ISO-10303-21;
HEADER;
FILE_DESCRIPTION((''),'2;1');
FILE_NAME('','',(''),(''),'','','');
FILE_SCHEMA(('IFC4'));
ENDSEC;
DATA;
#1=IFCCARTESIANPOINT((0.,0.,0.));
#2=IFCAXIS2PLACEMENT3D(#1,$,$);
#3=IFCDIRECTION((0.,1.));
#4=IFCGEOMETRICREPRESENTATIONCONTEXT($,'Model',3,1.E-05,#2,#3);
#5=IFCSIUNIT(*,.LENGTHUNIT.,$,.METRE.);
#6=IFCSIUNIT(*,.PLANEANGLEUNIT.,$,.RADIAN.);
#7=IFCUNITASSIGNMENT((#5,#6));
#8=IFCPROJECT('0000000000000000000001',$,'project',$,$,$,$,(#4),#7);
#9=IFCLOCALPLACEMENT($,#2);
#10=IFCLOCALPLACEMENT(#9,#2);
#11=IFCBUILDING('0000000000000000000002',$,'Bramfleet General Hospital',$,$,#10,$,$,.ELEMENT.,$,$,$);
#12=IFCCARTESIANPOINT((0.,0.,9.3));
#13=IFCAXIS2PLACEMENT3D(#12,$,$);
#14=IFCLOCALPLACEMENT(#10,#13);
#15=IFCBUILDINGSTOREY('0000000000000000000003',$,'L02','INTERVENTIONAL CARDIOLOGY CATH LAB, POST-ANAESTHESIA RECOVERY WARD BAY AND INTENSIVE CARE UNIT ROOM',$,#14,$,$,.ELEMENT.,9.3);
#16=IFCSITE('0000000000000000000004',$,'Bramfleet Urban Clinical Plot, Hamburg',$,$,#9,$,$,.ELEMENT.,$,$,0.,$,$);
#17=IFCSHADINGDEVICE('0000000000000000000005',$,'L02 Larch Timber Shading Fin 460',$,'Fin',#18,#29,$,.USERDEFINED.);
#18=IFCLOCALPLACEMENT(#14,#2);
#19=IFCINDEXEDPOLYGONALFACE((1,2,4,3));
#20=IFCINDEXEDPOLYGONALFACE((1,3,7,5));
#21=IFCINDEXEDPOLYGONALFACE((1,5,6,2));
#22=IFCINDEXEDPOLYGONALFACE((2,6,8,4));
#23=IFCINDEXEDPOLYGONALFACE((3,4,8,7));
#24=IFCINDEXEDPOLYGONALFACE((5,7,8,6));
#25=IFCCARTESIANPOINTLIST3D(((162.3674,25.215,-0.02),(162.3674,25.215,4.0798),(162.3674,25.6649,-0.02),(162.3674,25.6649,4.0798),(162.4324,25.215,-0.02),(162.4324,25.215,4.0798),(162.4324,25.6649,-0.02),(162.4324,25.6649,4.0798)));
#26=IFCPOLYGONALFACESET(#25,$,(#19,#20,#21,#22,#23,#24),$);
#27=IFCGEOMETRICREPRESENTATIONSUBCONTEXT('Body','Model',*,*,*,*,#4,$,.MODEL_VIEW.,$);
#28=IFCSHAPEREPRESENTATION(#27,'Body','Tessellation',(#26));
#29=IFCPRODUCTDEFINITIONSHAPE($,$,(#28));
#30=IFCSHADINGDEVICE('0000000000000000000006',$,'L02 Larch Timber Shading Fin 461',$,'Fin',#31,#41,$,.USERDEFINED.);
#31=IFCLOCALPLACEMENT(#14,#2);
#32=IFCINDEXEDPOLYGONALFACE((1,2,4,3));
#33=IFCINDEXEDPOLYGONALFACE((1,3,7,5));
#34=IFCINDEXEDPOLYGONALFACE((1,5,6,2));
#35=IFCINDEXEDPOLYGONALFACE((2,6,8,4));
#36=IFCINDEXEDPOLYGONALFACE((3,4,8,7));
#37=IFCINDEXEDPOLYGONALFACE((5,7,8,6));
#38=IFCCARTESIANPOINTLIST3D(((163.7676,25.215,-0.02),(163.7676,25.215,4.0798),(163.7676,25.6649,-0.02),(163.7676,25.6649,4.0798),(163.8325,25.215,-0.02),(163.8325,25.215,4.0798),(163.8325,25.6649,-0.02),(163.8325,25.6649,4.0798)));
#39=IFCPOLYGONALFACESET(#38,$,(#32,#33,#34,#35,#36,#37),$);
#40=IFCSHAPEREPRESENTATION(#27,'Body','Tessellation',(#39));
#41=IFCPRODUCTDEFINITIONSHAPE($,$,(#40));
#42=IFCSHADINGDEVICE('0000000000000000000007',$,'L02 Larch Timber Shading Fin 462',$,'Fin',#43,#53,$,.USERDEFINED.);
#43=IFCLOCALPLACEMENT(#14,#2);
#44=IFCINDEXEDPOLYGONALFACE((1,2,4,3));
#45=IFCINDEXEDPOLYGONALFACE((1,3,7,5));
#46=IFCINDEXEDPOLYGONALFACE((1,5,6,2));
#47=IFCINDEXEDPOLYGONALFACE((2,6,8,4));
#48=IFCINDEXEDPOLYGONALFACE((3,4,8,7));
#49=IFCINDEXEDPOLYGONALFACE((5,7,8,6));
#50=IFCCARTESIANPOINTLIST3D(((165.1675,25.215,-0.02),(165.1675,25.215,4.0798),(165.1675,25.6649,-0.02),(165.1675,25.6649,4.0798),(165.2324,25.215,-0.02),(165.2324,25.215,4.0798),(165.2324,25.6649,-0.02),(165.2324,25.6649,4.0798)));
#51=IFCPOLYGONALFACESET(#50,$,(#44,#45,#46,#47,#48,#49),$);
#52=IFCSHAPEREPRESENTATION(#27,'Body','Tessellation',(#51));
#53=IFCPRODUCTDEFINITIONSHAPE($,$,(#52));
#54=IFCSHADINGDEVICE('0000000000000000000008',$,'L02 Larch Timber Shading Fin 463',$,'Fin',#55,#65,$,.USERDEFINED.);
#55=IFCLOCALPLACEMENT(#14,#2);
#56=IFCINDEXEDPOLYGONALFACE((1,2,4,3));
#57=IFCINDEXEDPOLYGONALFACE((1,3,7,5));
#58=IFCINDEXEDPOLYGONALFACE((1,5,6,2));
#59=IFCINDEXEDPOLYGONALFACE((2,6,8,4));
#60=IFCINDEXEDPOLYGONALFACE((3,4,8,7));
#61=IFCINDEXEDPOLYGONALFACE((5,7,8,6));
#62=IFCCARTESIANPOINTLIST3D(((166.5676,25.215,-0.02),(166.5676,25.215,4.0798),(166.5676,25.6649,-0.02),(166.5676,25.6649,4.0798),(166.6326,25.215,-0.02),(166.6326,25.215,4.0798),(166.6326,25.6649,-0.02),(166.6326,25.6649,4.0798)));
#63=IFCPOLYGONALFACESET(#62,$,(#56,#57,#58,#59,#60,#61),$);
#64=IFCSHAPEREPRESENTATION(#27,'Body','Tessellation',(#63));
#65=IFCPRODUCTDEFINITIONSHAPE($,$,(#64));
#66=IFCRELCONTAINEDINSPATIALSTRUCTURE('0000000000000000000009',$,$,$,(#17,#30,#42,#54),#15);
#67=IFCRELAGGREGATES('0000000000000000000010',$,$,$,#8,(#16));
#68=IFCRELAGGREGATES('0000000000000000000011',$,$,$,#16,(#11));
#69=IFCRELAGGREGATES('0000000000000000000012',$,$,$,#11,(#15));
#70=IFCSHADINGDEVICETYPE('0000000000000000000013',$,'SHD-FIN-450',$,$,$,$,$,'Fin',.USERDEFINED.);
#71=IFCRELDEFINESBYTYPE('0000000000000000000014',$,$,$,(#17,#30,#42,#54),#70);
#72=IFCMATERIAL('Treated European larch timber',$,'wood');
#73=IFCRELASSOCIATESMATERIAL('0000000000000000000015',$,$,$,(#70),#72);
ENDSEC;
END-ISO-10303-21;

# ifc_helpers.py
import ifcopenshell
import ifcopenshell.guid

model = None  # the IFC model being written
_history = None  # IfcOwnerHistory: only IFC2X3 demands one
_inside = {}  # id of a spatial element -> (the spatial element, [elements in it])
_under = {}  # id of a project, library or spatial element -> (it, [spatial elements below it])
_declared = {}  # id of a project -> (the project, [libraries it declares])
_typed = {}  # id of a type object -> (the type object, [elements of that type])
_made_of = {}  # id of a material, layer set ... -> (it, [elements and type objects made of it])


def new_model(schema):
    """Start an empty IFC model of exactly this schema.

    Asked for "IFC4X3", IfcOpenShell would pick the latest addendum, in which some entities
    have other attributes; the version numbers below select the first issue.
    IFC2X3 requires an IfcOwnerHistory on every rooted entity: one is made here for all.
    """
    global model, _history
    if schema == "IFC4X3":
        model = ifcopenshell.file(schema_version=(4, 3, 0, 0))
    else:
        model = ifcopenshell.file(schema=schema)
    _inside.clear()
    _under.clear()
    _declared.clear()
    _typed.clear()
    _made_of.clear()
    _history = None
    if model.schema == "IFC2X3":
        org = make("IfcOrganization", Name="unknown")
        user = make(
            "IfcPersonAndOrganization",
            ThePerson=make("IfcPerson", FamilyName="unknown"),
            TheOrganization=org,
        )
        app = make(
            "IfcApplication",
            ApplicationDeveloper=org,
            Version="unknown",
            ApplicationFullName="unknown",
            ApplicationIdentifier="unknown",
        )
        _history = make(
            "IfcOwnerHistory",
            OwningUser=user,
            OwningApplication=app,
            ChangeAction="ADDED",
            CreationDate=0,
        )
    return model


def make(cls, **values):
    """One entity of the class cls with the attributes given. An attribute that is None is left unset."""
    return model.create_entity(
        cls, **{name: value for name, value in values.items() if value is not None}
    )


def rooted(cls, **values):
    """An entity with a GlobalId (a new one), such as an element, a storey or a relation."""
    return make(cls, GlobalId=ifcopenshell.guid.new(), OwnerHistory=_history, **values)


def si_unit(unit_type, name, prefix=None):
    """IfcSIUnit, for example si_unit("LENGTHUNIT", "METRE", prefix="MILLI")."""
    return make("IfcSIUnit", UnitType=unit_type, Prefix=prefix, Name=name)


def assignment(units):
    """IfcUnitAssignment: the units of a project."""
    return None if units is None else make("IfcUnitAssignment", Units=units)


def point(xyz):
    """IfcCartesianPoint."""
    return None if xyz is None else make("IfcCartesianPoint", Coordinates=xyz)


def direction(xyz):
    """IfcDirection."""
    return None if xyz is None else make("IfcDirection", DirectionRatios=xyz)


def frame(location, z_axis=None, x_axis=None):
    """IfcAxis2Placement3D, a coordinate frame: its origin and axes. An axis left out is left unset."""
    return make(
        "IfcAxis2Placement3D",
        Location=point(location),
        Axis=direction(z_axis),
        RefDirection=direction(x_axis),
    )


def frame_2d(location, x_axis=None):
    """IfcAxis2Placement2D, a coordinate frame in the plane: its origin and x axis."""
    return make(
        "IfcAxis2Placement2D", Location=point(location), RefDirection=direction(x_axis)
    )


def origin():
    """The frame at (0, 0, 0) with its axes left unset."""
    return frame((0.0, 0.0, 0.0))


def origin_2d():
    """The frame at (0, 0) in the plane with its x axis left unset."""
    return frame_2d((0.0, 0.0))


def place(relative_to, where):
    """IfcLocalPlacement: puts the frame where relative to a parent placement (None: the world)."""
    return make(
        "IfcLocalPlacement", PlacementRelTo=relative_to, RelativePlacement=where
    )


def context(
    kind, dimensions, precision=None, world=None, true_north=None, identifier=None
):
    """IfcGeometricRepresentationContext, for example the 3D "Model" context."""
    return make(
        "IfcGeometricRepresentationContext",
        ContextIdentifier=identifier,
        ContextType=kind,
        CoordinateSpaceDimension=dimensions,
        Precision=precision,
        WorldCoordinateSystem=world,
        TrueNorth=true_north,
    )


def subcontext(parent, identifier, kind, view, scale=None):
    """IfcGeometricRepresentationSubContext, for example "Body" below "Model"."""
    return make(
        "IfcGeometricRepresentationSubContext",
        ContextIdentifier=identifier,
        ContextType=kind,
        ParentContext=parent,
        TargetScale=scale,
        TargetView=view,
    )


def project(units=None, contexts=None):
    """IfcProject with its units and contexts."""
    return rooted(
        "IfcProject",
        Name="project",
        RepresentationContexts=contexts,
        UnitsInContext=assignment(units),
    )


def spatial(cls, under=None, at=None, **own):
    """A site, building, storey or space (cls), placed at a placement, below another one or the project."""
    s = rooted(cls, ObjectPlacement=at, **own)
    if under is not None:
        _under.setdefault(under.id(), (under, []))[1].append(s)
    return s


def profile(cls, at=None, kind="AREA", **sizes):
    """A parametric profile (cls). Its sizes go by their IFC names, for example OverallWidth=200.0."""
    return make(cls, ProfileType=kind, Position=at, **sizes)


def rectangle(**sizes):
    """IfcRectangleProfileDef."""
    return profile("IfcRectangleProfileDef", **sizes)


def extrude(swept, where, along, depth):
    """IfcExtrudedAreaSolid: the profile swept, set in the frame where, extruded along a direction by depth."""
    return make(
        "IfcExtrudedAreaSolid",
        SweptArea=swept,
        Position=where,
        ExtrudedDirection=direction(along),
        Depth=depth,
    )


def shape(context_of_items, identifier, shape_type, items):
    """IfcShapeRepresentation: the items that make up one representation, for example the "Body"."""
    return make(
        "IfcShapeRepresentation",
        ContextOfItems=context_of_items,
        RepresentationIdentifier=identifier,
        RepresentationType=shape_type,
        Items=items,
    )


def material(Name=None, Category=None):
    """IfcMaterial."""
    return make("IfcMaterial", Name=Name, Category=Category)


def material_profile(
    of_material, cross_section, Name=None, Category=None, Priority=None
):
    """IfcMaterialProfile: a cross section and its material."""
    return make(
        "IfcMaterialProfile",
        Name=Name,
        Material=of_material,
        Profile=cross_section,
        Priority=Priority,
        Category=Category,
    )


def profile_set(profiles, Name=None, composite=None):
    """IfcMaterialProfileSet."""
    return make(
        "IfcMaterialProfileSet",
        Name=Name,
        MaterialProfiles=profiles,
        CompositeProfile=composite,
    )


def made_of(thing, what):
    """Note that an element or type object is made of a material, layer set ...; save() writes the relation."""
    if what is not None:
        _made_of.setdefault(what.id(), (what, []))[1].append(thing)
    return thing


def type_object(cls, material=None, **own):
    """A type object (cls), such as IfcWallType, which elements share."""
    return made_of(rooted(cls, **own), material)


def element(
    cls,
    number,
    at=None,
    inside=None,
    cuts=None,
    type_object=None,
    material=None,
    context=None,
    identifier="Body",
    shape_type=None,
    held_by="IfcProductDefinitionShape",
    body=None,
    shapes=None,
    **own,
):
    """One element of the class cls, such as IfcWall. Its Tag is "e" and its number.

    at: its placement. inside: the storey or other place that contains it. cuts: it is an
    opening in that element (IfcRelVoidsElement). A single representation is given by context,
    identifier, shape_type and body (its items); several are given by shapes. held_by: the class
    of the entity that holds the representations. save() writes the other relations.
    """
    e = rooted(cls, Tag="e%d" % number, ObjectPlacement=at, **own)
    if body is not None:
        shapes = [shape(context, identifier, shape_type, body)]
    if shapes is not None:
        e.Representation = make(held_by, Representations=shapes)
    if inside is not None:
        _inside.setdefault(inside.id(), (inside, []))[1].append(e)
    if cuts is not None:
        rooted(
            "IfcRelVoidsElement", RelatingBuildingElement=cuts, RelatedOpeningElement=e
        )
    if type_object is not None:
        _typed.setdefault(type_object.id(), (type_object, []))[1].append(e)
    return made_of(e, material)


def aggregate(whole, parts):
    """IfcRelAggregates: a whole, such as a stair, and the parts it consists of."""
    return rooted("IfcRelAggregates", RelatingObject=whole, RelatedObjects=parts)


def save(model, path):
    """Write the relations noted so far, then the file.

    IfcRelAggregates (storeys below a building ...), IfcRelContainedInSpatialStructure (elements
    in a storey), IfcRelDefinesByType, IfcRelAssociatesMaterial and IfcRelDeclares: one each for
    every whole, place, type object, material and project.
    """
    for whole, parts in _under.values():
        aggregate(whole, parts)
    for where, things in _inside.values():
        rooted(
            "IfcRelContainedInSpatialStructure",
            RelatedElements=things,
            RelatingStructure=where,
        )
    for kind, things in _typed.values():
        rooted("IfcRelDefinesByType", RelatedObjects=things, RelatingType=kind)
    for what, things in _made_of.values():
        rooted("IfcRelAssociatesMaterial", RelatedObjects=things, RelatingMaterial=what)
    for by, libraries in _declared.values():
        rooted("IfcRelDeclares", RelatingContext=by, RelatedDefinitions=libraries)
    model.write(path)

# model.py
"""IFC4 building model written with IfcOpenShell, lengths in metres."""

from ifc_helpers import new_model, si_unit, direction, frame, origin, origin_2d, place, context, subcontext, project, spatial, rectangle, extrude, material, material_profile, profile_set, type_object, element, save


model = new_model("IFC4")

# Units and contexts
model_context = context("Model", 3, precision=1e-05, world=origin(), true_north=direction((0.0, 1.0)))
body_context = subcontext(model_context, "Body", "Model", "MODEL_VIEW")
ifc_project = project(units=[si_unit("LENGTHUNIT", "METRE"), si_unit("PLANEANGLEUNIT", "RADIAN")], contexts=[model_context])

# Site, building, storey
site_placement = place(None, origin())
site = spatial("IfcSite", under=ifc_project, at=site_placement, Name="Bramfleet Urban Clinical Plot, Hamburg", CompositionType="ELEMENT", RefElevation=0.0)
building_placement = place(site_placement, origin())
building = spatial("IfcBuilding", under=site, at=building_placement, Name="Bramfleet General Hospital", CompositionType="ELEMENT")
storey_placement = place(building_placement, frame((0.0, 0.0, 9.3)))
storey = spatial("IfcBuildingStorey", under=building, at=storey_placement, Name="L02", Description="INTERVENTIONAL CARDIOLOGY CATH LAB, POST-ANAESTHESIA RECOVERY WARD BAY AND INTENSIVE CARE UNIT ROOM", CompositionType="ELEMENT", Elevation=9.3)

# Shading devices
ifc_material_1 = material(Name="Treated European larch timber", Category="wood")
ifc_material_profile_1 = material_profile(ifc_material_1, rectangle(XDim=0.0649, YDim=0.45, at=origin_2d()), Name="LARCH FIN 450x65")
ifc_profile_set_1 = profile_set([ifc_material_profile_1], Name="Treated European larch timber")
shading_device_type = type_object("IfcShadingDeviceType", Name="SHD-FIN-450", ElementType="Fin", PredefinedType="USERDEFINED", material=ifc_profile_set_1)
for number, where, z_axis, x_axis, name in (
    (1, (162.3999, 25.4399, -0.02), (0.0, 0.0, 1.0), (1.0, 0.0, 0.0), "L02 Larch Timber Shading Fin 460"),
    (2, (163.8, 25.4399, -0.02), (0.0, 0.0, 1.0), (1.0, 0.0, 0.0), "L02 Larch Timber Shading Fin 461"),
    (3, (165.2, 25.4399, -0.02), (0.0, 0.0, 1.0), (1.0, 0.0, 0.0), "L02 Larch Timber Shading Fin 462"),
    (4, (166.6001, 25.4399, -0.02), (0.0, 0.0, 1.0), (1.0, 0.0, 0.0), "L02 Larch Timber Shading Fin 463"),
):
    element("IfcShadingDevice", number, at=place(storey_placement, frame(where, z_axis=z_axis, x_axis=x_axis)), inside=storey, type_object=shading_device_type, Name=name, ObjectType="Fin", PredefinedType="USERDEFINED", context=body_context, shape_type="SweptSolid", body=[
        extrude(rectangle(XDim=0.0649, YDim=0.45, at=origin_2d()), origin(), (0.0, 0.0, 1.0), 4.0999),
    ])

save(model, "model.ifc")
